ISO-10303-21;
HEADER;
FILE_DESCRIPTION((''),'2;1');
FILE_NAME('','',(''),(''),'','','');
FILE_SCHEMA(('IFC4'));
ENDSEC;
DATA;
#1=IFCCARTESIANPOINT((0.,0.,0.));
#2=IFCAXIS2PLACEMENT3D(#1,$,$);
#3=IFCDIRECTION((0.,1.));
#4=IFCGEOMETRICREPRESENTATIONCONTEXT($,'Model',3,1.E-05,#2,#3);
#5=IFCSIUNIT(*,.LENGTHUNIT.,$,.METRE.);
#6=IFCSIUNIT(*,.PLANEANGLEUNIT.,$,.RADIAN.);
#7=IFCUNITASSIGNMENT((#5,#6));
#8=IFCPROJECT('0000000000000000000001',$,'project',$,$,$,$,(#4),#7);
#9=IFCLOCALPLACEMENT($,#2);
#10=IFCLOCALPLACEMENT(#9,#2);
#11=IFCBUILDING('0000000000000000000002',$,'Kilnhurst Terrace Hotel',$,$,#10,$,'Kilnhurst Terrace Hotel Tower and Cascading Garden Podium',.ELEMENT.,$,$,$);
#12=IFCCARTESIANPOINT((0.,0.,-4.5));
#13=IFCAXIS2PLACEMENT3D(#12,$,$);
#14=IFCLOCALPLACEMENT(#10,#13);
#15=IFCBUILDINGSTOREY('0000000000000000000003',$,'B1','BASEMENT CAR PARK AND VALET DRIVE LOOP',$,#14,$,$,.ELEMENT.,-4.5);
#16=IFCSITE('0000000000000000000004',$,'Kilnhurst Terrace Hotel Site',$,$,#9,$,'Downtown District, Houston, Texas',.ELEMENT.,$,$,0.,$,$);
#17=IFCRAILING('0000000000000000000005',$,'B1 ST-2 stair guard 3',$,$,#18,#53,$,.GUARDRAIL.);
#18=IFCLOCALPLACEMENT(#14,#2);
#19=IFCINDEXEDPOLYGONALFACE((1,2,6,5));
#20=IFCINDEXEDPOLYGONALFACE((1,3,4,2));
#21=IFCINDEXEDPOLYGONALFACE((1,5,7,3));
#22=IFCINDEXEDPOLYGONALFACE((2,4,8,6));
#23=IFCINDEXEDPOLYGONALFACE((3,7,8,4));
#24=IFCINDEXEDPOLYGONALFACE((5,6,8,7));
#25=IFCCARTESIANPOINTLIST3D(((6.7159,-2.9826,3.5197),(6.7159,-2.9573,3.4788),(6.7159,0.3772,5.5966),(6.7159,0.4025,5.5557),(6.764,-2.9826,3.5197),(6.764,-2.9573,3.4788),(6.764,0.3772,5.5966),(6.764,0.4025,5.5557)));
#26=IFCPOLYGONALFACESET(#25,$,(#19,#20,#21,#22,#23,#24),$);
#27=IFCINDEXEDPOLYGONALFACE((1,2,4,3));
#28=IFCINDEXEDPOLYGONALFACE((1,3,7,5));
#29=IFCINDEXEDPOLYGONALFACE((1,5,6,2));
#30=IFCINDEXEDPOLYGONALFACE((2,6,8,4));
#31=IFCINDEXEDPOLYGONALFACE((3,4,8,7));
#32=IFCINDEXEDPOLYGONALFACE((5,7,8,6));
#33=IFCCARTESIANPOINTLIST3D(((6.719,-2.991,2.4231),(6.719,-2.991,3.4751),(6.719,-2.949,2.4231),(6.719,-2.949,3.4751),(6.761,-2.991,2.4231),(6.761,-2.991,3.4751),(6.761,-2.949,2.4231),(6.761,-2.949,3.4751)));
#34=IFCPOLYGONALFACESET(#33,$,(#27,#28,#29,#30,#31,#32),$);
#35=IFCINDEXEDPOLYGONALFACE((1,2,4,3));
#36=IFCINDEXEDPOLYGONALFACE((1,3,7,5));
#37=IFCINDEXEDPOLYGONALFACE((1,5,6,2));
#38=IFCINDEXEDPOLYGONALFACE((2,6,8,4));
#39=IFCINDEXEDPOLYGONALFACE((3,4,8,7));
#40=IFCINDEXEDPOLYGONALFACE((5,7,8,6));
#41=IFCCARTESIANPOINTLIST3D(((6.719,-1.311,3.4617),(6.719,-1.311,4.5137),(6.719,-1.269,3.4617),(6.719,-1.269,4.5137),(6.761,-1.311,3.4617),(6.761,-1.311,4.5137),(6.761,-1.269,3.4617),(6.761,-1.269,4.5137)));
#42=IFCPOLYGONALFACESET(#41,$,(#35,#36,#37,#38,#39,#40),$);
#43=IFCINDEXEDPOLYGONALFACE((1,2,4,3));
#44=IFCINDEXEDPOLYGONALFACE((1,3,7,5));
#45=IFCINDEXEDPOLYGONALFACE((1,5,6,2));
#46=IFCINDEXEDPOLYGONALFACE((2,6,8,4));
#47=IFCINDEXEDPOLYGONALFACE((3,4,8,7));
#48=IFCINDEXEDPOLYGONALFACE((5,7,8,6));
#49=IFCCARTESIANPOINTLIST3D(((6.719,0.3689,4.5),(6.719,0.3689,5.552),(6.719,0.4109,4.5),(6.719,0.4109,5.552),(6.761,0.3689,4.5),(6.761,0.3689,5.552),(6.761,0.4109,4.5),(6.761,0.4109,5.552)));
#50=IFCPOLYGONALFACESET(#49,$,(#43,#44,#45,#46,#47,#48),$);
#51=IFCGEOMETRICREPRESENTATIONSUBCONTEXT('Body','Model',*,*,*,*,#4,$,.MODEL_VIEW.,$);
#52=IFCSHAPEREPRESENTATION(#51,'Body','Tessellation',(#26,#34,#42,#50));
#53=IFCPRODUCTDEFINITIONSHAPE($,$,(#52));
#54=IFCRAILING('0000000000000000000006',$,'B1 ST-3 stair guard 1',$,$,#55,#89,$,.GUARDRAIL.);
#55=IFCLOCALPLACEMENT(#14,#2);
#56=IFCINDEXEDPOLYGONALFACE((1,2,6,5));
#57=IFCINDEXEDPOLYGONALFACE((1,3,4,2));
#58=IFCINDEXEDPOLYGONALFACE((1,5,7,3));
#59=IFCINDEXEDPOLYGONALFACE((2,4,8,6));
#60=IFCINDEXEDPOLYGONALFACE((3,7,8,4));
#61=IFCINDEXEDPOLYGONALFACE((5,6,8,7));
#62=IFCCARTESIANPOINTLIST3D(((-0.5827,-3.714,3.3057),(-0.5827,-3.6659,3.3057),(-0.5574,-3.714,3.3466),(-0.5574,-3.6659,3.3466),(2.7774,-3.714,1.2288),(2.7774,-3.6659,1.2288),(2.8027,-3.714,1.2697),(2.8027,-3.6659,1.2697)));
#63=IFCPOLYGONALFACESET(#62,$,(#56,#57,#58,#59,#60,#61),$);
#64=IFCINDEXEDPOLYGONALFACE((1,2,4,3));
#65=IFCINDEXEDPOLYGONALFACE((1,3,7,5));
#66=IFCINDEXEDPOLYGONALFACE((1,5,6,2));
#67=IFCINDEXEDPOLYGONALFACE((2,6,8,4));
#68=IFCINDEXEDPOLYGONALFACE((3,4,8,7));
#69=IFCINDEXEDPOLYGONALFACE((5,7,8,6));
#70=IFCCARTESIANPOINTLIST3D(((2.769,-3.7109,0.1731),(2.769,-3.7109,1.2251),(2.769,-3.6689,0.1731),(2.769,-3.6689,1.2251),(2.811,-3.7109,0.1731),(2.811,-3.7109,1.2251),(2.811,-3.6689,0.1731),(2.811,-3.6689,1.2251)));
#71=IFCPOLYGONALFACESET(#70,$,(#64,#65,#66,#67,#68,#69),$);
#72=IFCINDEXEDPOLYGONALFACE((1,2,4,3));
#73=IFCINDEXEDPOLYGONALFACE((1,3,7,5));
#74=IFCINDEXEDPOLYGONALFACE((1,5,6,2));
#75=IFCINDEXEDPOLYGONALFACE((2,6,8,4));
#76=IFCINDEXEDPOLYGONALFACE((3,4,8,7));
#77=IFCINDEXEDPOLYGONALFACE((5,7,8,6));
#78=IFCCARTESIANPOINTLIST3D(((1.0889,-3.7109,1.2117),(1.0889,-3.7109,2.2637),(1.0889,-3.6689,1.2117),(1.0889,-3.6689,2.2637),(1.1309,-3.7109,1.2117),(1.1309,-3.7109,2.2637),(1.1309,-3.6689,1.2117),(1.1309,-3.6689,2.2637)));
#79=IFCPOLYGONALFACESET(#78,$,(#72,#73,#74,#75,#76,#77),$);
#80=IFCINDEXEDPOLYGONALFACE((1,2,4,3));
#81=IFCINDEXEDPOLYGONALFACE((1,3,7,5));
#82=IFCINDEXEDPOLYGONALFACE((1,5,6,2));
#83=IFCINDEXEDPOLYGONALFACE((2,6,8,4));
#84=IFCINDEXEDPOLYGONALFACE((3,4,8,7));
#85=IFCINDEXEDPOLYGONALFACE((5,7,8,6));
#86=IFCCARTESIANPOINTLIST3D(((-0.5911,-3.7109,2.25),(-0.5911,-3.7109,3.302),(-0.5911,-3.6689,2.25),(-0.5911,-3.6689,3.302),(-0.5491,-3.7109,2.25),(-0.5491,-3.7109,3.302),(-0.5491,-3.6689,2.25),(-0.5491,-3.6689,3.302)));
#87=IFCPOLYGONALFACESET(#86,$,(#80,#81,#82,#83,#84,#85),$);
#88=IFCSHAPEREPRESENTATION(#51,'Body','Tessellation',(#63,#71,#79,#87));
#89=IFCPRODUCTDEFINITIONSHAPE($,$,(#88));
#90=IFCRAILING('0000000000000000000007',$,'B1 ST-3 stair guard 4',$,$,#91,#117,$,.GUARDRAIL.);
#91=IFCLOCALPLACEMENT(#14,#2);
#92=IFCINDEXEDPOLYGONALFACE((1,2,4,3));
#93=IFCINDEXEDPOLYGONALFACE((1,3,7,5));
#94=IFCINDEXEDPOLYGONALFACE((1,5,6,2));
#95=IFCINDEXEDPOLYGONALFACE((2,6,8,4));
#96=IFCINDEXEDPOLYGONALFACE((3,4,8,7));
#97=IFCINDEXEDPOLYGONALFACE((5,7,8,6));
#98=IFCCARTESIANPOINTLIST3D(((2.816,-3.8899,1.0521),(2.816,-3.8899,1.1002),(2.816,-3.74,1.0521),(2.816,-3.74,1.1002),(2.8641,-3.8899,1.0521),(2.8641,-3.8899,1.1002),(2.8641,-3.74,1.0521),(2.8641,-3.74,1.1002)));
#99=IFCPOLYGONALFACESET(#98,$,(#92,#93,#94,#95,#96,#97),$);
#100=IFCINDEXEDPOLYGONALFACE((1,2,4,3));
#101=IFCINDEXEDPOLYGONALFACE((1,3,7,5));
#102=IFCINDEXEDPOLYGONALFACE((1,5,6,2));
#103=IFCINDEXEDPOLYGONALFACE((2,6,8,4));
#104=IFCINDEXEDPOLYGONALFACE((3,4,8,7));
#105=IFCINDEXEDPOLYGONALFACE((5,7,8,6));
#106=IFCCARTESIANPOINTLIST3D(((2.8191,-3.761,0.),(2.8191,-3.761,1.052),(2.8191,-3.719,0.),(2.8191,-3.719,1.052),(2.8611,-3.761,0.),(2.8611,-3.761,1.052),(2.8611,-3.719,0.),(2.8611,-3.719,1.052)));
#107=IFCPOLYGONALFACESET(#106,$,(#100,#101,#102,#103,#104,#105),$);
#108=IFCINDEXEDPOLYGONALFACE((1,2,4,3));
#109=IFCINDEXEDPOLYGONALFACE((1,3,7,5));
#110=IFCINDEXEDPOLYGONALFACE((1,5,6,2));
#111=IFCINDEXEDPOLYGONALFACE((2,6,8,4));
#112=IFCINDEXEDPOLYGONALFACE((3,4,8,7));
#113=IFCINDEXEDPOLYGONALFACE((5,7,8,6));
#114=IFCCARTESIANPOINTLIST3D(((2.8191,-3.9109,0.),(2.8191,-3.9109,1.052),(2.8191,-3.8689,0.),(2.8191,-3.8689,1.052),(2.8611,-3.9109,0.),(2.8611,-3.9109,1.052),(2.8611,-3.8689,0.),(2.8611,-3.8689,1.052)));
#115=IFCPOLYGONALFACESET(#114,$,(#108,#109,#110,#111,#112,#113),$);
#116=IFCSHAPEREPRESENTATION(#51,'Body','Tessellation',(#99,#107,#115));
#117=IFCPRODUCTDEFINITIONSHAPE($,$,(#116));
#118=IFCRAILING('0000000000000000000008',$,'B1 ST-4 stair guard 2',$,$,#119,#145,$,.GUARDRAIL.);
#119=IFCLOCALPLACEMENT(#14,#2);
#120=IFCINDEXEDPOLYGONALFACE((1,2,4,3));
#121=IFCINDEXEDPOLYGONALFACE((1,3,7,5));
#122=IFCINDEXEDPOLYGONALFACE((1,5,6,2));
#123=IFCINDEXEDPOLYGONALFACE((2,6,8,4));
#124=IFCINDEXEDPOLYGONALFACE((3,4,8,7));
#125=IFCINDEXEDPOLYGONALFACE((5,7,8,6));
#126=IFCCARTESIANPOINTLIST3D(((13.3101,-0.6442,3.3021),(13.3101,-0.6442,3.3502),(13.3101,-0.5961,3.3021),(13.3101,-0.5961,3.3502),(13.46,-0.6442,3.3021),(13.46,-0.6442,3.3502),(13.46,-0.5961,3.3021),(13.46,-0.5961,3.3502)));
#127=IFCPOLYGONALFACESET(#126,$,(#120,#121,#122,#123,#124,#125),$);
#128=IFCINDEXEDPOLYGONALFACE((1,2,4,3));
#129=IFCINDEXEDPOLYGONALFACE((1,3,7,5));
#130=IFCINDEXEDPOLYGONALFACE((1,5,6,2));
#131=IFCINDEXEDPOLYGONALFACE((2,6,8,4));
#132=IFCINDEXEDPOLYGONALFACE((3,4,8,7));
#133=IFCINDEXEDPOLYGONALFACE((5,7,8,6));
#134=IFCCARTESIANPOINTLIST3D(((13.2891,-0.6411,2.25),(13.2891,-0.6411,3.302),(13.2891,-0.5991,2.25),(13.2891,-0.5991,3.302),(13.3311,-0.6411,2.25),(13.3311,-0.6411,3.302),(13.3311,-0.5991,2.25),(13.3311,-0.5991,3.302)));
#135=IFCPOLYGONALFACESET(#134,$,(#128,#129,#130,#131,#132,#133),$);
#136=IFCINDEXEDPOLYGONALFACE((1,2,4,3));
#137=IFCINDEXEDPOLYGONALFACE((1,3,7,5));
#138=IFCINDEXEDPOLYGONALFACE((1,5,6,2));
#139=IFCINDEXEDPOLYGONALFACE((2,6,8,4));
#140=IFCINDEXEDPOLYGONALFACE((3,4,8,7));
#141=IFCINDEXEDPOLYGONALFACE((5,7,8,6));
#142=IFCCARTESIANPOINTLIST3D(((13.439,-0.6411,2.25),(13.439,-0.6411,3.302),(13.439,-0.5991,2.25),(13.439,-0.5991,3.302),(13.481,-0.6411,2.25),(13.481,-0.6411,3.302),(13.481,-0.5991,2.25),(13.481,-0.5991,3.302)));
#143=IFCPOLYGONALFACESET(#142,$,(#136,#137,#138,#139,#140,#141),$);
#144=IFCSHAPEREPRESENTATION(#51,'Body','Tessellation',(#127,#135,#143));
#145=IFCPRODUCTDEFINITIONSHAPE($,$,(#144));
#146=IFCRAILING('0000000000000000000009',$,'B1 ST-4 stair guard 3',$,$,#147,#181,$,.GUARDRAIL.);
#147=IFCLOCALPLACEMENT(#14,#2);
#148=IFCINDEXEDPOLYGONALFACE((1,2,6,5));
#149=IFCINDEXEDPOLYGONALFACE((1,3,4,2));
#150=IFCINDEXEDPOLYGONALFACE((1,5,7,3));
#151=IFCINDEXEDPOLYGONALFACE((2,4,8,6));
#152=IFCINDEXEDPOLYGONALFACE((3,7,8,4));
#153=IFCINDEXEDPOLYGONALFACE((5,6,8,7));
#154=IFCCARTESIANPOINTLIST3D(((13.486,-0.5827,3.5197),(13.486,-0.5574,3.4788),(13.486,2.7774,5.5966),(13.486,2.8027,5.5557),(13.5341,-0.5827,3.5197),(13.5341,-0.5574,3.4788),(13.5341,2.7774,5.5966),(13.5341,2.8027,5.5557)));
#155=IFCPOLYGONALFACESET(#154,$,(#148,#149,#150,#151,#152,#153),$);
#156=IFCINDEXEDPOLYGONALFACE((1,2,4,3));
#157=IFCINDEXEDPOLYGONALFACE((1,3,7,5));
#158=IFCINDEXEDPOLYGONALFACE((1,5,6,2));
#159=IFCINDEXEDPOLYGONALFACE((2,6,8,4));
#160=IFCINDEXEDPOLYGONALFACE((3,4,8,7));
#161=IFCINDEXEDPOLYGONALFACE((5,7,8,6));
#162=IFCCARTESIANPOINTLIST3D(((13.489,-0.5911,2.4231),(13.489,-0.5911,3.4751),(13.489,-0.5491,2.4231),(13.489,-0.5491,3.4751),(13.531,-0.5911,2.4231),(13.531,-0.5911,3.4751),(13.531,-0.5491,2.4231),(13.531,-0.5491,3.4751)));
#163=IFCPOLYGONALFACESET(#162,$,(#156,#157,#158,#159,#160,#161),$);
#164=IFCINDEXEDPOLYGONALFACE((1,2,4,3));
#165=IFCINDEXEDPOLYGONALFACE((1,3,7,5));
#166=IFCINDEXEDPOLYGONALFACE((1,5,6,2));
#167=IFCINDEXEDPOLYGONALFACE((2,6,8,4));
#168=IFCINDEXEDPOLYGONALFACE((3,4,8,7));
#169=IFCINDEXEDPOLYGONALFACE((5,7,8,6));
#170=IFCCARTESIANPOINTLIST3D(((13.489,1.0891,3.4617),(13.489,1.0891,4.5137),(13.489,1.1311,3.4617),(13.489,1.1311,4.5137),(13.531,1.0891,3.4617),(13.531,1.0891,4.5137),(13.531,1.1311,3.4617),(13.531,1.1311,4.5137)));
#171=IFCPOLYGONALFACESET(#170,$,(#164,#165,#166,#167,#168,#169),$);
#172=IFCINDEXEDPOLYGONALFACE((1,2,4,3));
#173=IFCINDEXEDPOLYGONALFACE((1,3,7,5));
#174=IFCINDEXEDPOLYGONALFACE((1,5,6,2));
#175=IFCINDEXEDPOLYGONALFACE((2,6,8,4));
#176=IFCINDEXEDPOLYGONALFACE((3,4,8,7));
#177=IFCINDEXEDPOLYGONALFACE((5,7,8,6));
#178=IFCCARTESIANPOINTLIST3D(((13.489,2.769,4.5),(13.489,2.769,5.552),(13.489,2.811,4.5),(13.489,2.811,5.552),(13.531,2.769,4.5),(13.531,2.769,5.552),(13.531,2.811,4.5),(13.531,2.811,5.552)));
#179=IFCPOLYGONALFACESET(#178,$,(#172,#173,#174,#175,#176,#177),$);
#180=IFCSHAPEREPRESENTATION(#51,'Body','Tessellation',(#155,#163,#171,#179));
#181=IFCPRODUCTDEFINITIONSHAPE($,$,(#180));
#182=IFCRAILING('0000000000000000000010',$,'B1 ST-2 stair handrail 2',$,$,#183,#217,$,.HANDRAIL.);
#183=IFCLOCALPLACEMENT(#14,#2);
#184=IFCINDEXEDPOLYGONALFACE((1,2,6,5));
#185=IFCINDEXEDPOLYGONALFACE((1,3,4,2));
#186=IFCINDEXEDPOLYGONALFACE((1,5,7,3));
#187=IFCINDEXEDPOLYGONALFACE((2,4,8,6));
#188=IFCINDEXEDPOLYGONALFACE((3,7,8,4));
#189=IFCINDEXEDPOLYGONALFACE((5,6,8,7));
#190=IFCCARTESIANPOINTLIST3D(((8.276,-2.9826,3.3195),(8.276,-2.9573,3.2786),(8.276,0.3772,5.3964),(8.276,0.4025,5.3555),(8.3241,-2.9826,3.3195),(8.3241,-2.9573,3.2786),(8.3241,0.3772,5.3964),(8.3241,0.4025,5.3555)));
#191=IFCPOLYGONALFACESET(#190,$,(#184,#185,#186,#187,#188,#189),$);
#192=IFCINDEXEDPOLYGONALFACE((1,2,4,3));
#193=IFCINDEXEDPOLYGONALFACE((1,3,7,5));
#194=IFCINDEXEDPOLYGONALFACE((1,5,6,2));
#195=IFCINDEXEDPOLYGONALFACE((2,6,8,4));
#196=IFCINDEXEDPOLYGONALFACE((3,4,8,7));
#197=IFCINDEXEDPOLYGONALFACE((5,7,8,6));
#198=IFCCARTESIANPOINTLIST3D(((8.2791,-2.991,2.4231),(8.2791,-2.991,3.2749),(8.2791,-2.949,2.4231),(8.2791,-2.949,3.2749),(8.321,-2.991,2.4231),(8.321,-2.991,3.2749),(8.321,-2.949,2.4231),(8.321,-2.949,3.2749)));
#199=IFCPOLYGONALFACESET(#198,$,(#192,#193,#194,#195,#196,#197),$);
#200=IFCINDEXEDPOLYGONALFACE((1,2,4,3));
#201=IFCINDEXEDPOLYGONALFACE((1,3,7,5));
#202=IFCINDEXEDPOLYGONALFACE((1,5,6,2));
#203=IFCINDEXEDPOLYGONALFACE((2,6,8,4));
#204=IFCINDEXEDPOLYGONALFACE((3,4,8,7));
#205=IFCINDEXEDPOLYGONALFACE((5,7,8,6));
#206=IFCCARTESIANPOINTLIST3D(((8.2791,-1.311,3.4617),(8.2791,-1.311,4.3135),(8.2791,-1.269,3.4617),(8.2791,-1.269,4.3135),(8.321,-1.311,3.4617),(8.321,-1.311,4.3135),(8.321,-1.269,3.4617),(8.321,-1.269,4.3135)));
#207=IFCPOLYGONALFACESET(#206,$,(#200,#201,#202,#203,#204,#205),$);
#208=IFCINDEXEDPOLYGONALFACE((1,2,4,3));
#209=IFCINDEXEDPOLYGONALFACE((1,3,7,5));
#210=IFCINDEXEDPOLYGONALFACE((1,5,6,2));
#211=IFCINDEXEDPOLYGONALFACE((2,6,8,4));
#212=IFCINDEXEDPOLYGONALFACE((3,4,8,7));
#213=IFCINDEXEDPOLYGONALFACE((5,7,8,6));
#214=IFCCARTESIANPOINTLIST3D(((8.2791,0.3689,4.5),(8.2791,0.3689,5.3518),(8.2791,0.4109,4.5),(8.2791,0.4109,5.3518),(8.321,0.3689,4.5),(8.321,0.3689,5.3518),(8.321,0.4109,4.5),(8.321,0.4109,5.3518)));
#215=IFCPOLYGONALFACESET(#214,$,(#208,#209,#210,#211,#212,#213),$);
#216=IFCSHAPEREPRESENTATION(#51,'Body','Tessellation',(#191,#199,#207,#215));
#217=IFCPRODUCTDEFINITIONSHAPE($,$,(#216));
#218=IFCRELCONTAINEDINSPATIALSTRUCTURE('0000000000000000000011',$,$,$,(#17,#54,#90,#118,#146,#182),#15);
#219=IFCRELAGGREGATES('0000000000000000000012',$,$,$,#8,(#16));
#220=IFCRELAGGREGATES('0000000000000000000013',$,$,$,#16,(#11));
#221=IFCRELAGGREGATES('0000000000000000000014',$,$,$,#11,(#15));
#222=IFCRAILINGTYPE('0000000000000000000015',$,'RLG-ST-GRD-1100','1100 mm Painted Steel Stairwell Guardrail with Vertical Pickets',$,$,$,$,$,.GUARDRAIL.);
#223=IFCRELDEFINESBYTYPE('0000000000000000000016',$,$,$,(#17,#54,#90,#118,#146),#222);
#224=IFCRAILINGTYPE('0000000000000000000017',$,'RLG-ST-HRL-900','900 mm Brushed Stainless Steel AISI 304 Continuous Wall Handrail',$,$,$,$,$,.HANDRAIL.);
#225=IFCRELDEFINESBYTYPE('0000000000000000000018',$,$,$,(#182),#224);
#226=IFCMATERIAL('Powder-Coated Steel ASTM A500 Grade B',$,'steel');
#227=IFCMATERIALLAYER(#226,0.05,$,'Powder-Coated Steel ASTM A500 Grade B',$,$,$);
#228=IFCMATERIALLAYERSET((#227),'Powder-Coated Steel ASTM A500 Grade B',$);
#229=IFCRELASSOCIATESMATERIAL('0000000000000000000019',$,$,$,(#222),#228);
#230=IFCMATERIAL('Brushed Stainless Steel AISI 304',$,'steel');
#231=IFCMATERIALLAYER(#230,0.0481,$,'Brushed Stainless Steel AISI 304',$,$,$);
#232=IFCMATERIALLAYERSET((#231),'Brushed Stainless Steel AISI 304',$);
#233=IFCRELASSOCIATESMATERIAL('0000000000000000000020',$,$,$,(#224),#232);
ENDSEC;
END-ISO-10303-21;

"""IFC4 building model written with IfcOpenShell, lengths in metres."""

from ifc_helpers import new_model, si_unit, direction, frame, origin, origin_2d, place, context, subcontext, project, spatial, rectangle, extrude, material, layer, layer_set, type_object, element, save


model = new_model("IFC4")

# Units and contexts
model_context = context("Model", 3, precision=1e-05, world=origin(), true_north=direction((0.0, 1.0)))
body_context = subcontext(model_context, "Body", "Model", "MODEL_VIEW")
ifc_project = project(units=[si_unit("LENGTHUNIT", "METRE"), si_unit("PLANEANGLEUNIT", "RADIAN")], contexts=[model_context])

# Site, building, storey
site_placement = place(None, origin())
site = spatial("IfcSite", under=ifc_project, at=site_placement, Name="Kilnhurst Terrace Hotel Site", LongName="Downtown District, Houston, Texas", CompositionType="ELEMENT", RefElevation=0.0)
building_placement = place(site_placement, origin())
building = spatial("IfcBuilding", under=site, at=building_placement, Name="Kilnhurst Terrace Hotel", LongName="Kilnhurst Terrace Hotel Tower and Cascading Garden Podium", CompositionType="ELEMENT")
storey_placement = place(building_placement, frame((0.0, 0.0, -4.5)))
storey = spatial("IfcBuildingStorey", under=building, at=storey_placement, Name="B1", Description="BASEMENT CAR PARK AND VALET DRIVE LOOP", CompositionType="ELEMENT", Elevation=-4.5)

# Railings
ifc_material_1 = material(Name="Powder-Coated Steel ASTM A500 Grade B", Category="steel")
ifc_layer_1 = layer(ifc_material_1, 0.05, Name="Powder-Coated Steel ASTM A500 Grade B")
ifc_layer_set_1 = layer_set([ifc_layer_1], Name="Powder-Coated Steel ASTM A500 Grade B")
railing_type_1 = type_object("IfcRailingType", Name="RLG-ST-GRD-1100", Description="1100 mm Painted Steel Stairwell Guardrail with Vertical Pickets", PredefinedType="GUARDRAIL", material=ifc_layer_set_1)
railing_1_placement = place(storey_placement, frame((6.74, -2.97, 2.4231)))
element("IfcRailing", 1, at=railing_1_placement, inside=storey, type_object=railing_type_1, Name="B1 ST-2 stair guard 3", PredefinedType="GUARDRAIL", context=body_context, shape_type="SweptSolid", body=[
    extrude(rectangle(XDim=0.0481, YDim=0.0481, at=origin_2d()), frame((0.0, 0.0, 1.0762), z_axis=(0.0, 0.850606, 0.525803), x_axis=(-1.0, 0.0, 0.0)), (0.0, 0.0, 1.0), 3.95),
    extrude(rectangle(XDim=0.042, YDim=0.042, at=origin_2d()), origin(), (0.0, 0.0, 1.0), 1.052),
    extrude(rectangle(XDim=0.042, YDim=0.042, at=origin_2d()), frame((0.0, 1.6799, 1.0386)), (0.0, 0.0, 1.0), 1.052),
    extrude(rectangle(XDim=0.042, YDim=0.042, at=origin_2d()), frame((0.0, 3.3599, 2.0769)), (0.0, 0.0, 1.0), 1.052),
])
railing_2_placement = place(storey_placement, frame((2.79, -3.6899, 0.1731)))
element("IfcRailing", 2, at=railing_2_placement, inside=storey, type_object=railing_type_1, Name="B1 ST-3 stair guard 1", PredefinedType="GUARDRAIL", context=body_context, shape_type="SweptSolid", body=[
    extrude(rectangle(XDim=0.0481, YDim=0.0481, at=origin_2d()), frame((0.0, 0.0, 1.0762), z_axis=(-0.850623, 0.0, 0.525776), x_axis=(0.0, -1.0, 0.0)), (0.0, 0.0, 1.0), 3.9502),
    extrude(rectangle(XDim=0.042, YDim=0.042, at=origin_2d()), origin(), (0.0, 0.0, 1.0), 1.052),
    extrude(rectangle(XDim=0.042, YDim=0.042, at=origin_2d()), frame((-1.6802, 0.0, 1.0386)), (0.0, 0.0, 1.0), 1.052),
    extrude(rectangle(XDim=0.042, YDim=0.042, at=origin_2d()), frame((-3.3601, 0.0, 2.0769)), (0.0, 0.0, 1.0), 1.052),
])
railing_3_placement = place(storey_placement, frame((2.8401, -3.74, 0.0)))
element("IfcRailing", 3, at=railing_3_placement, inside=storey, type_object=railing_type_1, Name="B1 ST-3 stair guard 4", PredefinedType="GUARDRAIL", context=body_context, shape_type="SweptSolid", body=[
    extrude(rectangle(XDim=0.0481, YDim=0.0481, at=origin_2d()), frame((0.0, 0.0, 1.0762), z_axis=(0.0, -1.0, 0.0), x_axis=(1.0, 0.0, 0.0)), (0.0, 0.0, 1.0), 0.1499),
    extrude(rectangle(XDim=0.042, YDim=0.042, at=origin_2d()), origin(), (0.0, 0.0, 1.0), 1.052),
    extrude(rectangle(XDim=0.042, YDim=0.042, at=origin_2d()), frame((0.0, -0.1499, 0.0)), (0.0, 0.0, 1.0), 1.052),
])
railing_4_placement = place(storey_placement, frame((13.3101, -0.6201, 2.25)))
element("IfcRailing", 4, at=railing_4_placement, inside=storey, type_object=railing_type_1, Name="B1 ST-4 stair guard 2", PredefinedType="GUARDRAIL", context=body_context, shape_type="SweptSolid", body=[
    extrude(rectangle(XDim=0.0481, YDim=0.0481, at=origin_2d()), frame((0.0, 0.0, 1.0762), z_axis=(1.0, 0.0, 0.0), x_axis=(0.0, 1.0, 0.0)), (0.0, 0.0, 1.0), 0.1499),
    extrude(rectangle(XDim=0.042, YDim=0.042, at=origin_2d()), origin(), (0.0, 0.0, 1.0), 1.052),
    extrude(rectangle(XDim=0.042, YDim=0.042, at=origin_2d()), frame((0.1499, 0.0, 0.0)), (0.0, 0.0, 1.0), 1.052),
])
railing_5_placement = place(storey_placement, frame((13.51, -0.5701, 2.4231)))
element("IfcRailing", 5, at=railing_5_placement, inside=storey, type_object=railing_type_1, Name="B1 ST-4 stair guard 3", PredefinedType="GUARDRAIL", context=body_context, shape_type="SweptSolid", body=[
    extrude(rectangle(XDim=0.0481, YDim=0.0481, at=origin_2d()), frame((0.0, 0.0, 1.0762), z_axis=(0.0, 0.850623, 0.525776), x_axis=(-1.0, 0.0, 0.0)), (0.0, 0.0, 1.0), 3.9502),
    extrude(rectangle(XDim=0.042, YDim=0.042, at=origin_2d()), origin(), (0.0, 0.0, 1.0), 1.052),
    extrude(rectangle(XDim=0.042, YDim=0.042, at=origin_2d()), frame((0.0, 1.6802, 1.0386)), (0.0, 0.0, 1.0), 1.052),
    extrude(rectangle(XDim=0.042, YDim=0.042, at=origin_2d()), frame((0.0, 3.3601, 2.0769)), (0.0, 0.0, 1.0), 1.052),
])
ifc_material_2 = material(Name="Brushed Stainless Steel AISI 304", Category="steel")
ifc_layer_2 = layer(ifc_material_2, 0.0481, Name="Brushed Stainless Steel AISI 304")
ifc_layer_set_2 = layer_set([ifc_layer_2], Name="Brushed Stainless Steel AISI 304")
railing_type_2 = type_object("IfcRailingType", Name="RLG-ST-HRL-900", Description="900 mm Brushed Stainless Steel AISI 304 Continuous Wall Handrail", PredefinedType="HANDRAIL", material=ifc_layer_set_2)
railing_6_placement = place(storey_placement, frame((8.3, -2.97, 2.4231)))
element("IfcRailing", 6, at=railing_6_placement, inside=storey, type_object=railing_type_2, Name="B1 ST-2 stair handrail 2", PredefinedType="HANDRAIL", context=body_context, shape_type="SweptSolid", body=[
    extrude(rectangle(XDim=0.0481, YDim=0.0481, at=origin_2d()), frame((0.0, 0.0, 0.876), z_axis=(0.0, 0.850606, 0.525803), x_axis=(-1.0, 0.0, 0.0)), (0.0, 0.0, 1.0), 3.95),
    extrude(rectangle(XDim=0.042, YDim=0.042, at=origin_2d()), origin(), (0.0, 0.0, 1.0), 0.8518),
    extrude(rectangle(XDim=0.042, YDim=0.042, at=origin_2d()), frame((0.0, 1.6799, 1.0386)), (0.0, 0.0, 1.0), 0.8518),
    extrude(rectangle(XDim=0.042, YDim=0.042, at=origin_2d()), frame((0.0, 3.3599, 2.0769)), (0.0, 0.0, 1.0), 0.8518),
])

save(model, "model.ifc")
